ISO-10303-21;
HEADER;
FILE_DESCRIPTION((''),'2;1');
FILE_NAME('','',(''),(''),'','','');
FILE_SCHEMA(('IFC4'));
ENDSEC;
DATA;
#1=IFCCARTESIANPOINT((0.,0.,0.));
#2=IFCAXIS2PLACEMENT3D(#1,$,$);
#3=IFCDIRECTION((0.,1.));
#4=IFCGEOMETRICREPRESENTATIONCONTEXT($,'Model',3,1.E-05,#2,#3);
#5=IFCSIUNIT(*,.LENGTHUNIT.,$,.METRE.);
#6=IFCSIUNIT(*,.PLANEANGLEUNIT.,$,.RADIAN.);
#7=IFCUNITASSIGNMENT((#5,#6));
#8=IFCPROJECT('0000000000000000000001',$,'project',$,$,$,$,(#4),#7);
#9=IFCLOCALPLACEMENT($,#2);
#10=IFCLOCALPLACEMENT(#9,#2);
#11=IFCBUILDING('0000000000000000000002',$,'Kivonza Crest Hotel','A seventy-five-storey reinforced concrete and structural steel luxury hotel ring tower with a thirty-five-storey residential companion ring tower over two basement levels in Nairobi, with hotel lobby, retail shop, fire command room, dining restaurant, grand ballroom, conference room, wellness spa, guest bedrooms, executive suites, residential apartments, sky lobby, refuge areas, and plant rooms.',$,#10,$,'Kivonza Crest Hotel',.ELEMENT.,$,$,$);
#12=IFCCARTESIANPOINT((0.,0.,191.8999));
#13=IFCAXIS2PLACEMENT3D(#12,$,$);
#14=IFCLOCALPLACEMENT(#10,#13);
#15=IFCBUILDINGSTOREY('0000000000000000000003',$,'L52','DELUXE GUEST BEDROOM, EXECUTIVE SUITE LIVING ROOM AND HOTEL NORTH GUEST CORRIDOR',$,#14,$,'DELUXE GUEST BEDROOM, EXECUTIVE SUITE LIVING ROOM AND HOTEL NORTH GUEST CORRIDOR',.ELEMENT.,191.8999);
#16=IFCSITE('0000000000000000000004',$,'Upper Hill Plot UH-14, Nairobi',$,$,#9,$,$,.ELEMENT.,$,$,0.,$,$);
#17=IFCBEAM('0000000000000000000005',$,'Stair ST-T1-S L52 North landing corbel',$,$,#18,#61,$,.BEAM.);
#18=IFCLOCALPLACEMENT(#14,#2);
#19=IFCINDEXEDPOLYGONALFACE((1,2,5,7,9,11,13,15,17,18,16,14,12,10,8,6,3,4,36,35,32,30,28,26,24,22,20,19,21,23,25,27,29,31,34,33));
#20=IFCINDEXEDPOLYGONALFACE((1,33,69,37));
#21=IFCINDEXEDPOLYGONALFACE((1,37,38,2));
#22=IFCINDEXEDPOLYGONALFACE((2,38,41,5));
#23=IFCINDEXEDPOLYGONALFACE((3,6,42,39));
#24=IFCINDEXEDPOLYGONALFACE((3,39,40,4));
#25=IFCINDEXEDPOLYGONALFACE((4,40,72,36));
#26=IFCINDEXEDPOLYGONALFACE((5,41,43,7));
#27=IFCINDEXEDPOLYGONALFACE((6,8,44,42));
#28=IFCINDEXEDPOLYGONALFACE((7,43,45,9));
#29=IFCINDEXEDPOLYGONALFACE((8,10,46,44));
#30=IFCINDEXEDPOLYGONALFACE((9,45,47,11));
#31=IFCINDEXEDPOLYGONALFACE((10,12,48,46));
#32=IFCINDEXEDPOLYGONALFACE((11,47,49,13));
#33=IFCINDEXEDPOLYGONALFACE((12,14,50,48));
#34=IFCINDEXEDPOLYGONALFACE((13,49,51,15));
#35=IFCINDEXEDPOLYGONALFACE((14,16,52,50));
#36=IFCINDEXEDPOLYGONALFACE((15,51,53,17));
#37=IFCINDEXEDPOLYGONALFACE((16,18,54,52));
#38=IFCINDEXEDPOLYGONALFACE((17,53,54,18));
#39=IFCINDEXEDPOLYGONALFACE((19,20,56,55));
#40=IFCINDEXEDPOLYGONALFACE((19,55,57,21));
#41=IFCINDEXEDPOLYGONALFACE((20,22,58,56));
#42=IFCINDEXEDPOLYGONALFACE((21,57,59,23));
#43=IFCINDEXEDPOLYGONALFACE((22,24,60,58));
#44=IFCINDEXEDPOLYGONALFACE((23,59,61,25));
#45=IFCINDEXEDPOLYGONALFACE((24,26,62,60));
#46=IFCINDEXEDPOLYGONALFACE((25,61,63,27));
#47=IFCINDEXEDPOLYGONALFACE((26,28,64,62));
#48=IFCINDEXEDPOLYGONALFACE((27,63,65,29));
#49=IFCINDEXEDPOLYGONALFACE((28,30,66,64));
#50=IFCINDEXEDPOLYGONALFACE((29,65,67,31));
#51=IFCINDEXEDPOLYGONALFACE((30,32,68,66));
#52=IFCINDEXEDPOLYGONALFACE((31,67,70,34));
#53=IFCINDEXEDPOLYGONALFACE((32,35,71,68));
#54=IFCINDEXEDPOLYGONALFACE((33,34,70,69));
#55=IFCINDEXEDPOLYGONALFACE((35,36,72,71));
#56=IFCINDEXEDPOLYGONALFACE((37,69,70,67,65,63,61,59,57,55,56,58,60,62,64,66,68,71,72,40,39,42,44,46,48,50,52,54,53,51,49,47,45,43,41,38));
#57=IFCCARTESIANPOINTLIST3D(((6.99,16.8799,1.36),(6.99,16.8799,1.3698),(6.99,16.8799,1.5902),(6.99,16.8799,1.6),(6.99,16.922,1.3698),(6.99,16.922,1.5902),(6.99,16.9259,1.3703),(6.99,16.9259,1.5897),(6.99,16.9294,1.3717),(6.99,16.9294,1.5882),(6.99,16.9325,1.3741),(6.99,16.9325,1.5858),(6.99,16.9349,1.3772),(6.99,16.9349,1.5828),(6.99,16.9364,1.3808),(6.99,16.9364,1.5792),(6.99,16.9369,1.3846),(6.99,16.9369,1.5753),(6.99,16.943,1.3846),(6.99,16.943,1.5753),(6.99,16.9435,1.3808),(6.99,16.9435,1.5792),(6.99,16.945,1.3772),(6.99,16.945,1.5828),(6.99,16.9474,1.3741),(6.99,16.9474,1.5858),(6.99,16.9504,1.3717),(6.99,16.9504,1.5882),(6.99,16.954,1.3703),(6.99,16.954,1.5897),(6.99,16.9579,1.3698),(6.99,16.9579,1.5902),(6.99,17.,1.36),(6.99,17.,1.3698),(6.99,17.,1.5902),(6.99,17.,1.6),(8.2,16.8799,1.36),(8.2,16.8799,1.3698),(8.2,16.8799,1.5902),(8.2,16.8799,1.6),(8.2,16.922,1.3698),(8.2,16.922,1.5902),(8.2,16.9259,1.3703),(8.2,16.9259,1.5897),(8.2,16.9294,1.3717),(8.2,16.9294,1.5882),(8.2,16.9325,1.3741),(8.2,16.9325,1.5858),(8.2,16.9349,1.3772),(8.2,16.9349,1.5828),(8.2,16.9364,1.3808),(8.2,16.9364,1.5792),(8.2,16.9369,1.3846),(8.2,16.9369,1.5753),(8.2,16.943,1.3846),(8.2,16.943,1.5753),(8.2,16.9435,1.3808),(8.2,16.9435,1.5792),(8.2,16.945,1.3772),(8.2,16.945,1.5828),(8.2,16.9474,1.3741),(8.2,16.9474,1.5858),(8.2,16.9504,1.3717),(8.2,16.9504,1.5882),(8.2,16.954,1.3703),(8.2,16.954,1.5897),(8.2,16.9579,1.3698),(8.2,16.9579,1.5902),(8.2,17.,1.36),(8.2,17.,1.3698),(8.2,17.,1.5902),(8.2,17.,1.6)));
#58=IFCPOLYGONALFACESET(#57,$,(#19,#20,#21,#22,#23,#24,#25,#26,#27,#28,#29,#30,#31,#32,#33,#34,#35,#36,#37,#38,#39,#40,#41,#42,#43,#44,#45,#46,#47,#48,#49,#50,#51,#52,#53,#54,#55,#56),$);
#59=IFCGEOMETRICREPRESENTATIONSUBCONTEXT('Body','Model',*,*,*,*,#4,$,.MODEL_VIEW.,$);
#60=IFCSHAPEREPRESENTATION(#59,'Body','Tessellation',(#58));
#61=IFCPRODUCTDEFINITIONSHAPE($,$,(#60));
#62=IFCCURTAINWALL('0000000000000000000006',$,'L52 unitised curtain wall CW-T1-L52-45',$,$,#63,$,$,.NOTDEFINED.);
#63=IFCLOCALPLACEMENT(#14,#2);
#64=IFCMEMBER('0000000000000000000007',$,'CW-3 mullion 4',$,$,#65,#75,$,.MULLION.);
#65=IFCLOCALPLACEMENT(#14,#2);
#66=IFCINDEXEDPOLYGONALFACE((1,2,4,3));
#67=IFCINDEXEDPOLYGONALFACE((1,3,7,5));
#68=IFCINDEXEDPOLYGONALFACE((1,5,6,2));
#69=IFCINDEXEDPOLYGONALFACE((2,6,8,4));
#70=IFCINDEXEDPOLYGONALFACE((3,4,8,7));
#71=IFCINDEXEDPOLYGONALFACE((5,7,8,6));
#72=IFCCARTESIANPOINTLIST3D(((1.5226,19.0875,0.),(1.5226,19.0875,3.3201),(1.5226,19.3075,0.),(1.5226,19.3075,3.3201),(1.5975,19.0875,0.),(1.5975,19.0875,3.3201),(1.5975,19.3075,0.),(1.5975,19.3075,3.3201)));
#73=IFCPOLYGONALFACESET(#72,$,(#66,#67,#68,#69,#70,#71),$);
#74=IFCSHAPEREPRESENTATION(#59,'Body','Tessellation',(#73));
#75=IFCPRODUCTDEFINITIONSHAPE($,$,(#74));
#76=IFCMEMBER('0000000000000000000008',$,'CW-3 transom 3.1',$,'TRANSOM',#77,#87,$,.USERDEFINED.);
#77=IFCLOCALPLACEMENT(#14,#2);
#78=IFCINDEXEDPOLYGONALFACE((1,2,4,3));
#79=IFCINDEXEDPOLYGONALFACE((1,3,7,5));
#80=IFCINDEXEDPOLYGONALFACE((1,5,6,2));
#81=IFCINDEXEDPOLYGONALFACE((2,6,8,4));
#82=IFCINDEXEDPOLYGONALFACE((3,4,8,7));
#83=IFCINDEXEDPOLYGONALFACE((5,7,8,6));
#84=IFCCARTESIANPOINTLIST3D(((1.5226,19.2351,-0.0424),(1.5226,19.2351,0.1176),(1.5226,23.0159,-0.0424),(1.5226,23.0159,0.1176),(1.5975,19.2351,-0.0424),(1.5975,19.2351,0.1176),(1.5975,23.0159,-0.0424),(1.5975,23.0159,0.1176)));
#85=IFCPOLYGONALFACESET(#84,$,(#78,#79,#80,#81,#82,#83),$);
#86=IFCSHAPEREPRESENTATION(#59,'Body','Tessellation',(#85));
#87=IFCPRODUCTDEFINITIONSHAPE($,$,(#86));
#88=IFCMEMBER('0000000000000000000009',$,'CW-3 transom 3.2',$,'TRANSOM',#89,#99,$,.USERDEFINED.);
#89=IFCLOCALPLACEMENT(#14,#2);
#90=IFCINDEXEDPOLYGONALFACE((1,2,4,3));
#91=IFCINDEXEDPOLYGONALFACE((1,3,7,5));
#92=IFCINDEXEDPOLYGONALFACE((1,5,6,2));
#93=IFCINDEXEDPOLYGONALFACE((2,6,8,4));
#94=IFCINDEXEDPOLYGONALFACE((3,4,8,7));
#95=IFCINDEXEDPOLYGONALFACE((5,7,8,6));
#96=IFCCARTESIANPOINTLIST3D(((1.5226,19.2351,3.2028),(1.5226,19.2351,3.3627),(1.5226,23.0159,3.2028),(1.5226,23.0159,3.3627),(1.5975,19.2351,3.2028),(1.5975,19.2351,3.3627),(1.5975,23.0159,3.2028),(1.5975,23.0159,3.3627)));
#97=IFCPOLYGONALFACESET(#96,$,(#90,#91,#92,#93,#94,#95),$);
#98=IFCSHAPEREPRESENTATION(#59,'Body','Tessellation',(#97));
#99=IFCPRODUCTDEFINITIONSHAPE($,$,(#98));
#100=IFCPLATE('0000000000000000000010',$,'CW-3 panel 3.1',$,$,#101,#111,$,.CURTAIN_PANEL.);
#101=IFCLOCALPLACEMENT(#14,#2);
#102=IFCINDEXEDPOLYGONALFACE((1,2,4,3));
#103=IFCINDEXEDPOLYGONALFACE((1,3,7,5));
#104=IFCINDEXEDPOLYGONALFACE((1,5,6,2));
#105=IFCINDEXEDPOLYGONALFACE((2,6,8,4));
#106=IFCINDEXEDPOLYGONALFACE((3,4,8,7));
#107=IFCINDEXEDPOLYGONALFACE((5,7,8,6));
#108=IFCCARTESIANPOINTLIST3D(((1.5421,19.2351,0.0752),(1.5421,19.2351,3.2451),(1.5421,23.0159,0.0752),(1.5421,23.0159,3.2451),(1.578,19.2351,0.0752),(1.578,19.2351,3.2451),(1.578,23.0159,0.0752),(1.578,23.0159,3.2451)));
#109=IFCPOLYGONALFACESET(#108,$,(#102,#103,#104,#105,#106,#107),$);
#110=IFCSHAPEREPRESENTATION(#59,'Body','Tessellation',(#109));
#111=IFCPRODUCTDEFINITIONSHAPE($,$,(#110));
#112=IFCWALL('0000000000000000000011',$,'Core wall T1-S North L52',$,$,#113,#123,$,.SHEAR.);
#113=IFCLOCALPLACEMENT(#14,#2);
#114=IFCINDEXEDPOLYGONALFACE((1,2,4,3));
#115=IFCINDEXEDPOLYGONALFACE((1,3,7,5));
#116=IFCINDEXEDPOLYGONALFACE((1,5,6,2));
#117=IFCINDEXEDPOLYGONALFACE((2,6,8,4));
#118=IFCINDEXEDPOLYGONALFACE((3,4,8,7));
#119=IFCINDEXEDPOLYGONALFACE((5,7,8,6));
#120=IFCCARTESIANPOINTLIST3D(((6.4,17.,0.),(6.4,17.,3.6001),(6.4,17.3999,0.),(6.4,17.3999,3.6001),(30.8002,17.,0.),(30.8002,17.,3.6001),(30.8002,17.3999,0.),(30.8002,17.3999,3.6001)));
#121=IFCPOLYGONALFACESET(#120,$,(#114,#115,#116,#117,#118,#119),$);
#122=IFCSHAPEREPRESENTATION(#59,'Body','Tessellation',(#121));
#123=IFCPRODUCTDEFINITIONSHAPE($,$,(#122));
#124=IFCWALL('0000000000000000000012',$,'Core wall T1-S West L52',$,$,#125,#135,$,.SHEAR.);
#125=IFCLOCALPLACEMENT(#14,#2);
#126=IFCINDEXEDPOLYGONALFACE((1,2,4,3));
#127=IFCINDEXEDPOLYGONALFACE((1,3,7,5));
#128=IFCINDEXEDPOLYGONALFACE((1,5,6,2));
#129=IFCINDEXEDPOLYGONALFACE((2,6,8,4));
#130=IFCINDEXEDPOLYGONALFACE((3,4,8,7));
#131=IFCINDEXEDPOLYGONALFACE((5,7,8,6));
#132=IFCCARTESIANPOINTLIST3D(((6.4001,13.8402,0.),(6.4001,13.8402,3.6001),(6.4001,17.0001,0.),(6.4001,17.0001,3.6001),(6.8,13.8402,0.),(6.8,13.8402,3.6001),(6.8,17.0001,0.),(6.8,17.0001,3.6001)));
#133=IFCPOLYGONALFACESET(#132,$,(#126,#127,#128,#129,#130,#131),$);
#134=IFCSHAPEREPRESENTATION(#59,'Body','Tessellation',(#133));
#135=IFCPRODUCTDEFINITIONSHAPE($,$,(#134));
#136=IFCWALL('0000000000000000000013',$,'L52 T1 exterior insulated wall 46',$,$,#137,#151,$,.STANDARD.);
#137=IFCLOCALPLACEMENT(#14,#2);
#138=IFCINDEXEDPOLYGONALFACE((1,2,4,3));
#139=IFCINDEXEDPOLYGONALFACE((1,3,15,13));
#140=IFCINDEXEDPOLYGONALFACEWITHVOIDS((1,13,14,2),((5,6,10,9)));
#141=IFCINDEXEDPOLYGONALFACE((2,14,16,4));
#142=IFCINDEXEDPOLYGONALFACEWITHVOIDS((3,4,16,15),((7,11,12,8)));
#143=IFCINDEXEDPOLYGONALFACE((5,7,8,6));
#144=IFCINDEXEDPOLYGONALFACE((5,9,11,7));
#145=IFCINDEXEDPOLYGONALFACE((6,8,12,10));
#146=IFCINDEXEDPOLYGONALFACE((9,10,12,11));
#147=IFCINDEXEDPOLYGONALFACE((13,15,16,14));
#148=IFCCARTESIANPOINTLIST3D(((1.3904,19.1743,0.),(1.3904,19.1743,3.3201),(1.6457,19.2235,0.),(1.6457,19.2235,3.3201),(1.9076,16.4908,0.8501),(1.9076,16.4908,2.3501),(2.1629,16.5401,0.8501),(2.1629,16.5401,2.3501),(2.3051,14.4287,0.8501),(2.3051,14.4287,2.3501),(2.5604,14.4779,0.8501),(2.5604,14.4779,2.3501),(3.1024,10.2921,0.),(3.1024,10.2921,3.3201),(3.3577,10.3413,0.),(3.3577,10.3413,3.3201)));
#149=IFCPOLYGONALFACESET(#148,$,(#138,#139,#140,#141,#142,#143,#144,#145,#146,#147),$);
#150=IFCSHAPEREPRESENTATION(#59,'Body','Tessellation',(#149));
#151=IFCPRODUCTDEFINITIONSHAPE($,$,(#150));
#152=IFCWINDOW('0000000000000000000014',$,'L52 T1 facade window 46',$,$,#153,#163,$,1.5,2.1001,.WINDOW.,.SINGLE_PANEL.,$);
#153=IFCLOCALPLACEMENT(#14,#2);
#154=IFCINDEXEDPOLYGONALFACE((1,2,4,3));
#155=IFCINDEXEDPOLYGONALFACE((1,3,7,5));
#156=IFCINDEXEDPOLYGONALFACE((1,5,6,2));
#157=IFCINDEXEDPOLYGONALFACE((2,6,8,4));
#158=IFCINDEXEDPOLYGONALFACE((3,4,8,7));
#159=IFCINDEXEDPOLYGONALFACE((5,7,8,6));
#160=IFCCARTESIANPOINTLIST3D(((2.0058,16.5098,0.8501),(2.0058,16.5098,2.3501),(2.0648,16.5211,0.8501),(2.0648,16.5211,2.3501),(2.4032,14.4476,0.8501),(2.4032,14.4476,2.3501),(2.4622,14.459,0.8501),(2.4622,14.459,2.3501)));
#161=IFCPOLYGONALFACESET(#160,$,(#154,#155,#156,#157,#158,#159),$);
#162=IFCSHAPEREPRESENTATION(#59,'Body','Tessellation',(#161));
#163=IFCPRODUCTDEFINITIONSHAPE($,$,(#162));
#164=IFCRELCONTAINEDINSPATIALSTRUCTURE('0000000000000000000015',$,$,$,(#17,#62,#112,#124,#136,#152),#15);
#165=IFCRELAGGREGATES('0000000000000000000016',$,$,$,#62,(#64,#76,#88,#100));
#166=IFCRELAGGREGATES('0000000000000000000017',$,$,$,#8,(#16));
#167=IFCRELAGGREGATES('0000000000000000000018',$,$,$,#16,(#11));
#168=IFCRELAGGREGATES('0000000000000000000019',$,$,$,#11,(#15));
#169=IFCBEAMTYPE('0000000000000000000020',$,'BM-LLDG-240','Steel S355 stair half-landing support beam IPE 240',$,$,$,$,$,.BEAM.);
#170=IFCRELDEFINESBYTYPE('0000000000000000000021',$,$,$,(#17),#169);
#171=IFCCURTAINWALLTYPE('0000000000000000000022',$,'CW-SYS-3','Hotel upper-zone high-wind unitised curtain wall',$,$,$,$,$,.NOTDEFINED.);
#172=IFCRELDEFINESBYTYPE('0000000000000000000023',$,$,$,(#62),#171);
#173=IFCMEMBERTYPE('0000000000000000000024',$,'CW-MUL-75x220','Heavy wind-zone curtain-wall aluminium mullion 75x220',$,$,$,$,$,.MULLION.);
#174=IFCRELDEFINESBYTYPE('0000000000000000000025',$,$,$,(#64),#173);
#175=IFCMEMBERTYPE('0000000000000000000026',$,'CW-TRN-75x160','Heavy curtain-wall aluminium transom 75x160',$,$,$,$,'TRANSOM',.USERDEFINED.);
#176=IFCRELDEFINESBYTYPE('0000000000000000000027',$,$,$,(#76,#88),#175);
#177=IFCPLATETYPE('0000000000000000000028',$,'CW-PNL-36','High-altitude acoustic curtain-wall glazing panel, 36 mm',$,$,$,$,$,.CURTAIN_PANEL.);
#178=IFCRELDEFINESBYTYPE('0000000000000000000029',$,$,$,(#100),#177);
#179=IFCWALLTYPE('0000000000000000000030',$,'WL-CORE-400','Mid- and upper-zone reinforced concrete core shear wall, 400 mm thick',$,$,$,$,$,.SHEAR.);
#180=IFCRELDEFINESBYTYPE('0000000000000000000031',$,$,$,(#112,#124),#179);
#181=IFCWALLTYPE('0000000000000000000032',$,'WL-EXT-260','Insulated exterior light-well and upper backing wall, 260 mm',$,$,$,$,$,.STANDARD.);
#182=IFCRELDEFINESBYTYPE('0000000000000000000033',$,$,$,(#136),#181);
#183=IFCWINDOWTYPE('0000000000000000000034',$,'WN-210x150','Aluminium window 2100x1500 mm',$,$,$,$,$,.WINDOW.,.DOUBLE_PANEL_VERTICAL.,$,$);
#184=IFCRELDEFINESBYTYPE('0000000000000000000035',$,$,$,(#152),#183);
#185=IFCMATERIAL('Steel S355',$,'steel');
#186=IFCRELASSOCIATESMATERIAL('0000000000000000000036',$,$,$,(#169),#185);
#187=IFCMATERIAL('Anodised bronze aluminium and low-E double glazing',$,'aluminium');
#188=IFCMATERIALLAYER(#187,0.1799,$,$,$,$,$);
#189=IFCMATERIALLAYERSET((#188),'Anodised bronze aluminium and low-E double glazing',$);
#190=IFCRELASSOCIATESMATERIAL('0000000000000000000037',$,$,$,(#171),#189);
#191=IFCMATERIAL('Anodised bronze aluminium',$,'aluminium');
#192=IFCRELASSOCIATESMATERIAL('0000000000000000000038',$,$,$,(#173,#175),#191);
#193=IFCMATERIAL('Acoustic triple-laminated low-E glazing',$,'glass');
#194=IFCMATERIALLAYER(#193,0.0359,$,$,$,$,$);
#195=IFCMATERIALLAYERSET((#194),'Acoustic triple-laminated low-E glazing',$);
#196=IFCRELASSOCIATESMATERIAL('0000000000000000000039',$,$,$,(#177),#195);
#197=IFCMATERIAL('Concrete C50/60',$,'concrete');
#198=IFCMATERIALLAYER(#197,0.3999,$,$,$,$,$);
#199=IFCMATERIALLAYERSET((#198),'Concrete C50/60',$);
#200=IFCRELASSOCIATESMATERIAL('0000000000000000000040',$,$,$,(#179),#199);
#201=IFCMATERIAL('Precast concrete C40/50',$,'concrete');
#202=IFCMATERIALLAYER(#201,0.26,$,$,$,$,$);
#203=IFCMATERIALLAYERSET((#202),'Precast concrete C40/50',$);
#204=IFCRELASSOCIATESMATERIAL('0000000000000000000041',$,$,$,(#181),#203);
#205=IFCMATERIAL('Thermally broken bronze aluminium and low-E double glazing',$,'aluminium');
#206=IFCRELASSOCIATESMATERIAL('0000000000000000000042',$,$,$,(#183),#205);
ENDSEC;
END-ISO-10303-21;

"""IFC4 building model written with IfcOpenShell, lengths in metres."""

from ifc_helpers import new_model, si_unit, direction, frame, frame_2d, origin, origin_2d, place, context, subcontext, project, spatial, rectangle, i_section, extrude, material, layer, layer_set, material_profile, profile_set, type_object, element, fill, aggregate, save


model = new_model("IFC4")

# Units and contexts
model_context = context("Model", 3, precision=1e-05, world=origin(), true_north=direction((0.0, 1.0)))
body_context = subcontext(model_context, "Body", "Model", "MODEL_VIEW")
ifc_project = project(units=[si_unit("LENGTHUNIT", "METRE"), si_unit("PLANEANGLEUNIT", "RADIAN")], contexts=[model_context])

# Site, building, storey
site_placement = place(None, origin())
site = spatial("IfcSite", under=ifc_project, at=site_placement, Name="Upper Hill Plot UH-14, Nairobi", CompositionType="ELEMENT", RefElevation=0.0)
building_placement = place(site_placement, origin())
building = spatial("IfcBuilding", under=site, at=building_placement, Name="Kivonza Crest Hotel", Description="A seventy-five-storey reinforced concrete and structural steel luxury hotel ring tower with a thirty-five-storey residential companion ring tower over two basement levels in Nairobi, with hotel lobby, retail shop, fire command room, dining restaurant, grand ballroom, conference room, wellness spa, guest bedrooms, executive suites, residential apartments, sky lobby, refuge areas, and plant rooms.", LongName="Kivonza Crest Hotel", CompositionType="ELEMENT")
storey_placement = place(building_placement, frame((0.0, 0.0, 191.8999)))
storey = spatial("IfcBuildingStorey", under=building, at=storey_placement, Name="L52", Description="DELUXE GUEST BEDROOM, EXECUTIVE SUITE LIVING ROOM AND HOTEL NORTH GUEST CORRIDOR", LongName="DELUXE GUEST BEDROOM, EXECUTIVE SUITE LIVING ROOM AND HOTEL NORTH GUEST CORRIDOR", CompositionType="ELEMENT", Elevation=191.8999)

# Shared definitions
ifc_material_1 = material(Name="Concrete C50/60", Category="concrete")

# Beam
ifc_material_2 = material(Name="Steel S355", Category="steel")
ifc_material_profile_1 = material_profile(ifc_material_2, i_section(OverallWidth=0.1201, OverallDepth=0.24, WebThickness=0.0061, FlangeThickness=0.0098, FilletRadius=0.0149, at=origin_2d()), Name="IPE 240")
ifc_profile_set_1 = profile_set([ifc_material_profile_1], Name="Steel S355")
beam_type_1 = type_object("IfcBeamType", Name="BM-LLDG-240", Description="Steel S355 stair half-landing support beam IPE 240", PredefinedType="BEAM", material=ifc_profile_set_1)
for number, where, z_axis, x_axis, name in (
    (1, (6.99, 16.9399, 1.48), (1.0, 0.0, 0.0), (0.0, 1.0, 0.0), "Stair ST-T1-S L52 North landing corbel"),
):
    element("IfcBeam", number, at=place(storey_placement, frame(where, z_axis=z_axis, x_axis=x_axis)), inside=storey, type_object=beam_type_1, Name=name, PredefinedType="BEAM", context=body_context, shape_type="SweptSolid", body=[
        extrude(i_section(OverallWidth=0.1201, OverallDepth=0.24, WebThickness=0.0061, FlangeThickness=0.0098, FilletRadius=0.0149, at=origin_2d()), origin(), (0.0, 0.0, 1.0), 1.21),
    ])

# Curtain wall, members, plate
ifc_material_3 = material(Name="Anodised bronze aluminium and low-E double glazing", Category="aluminium")
ifc_layer_1 = layer(ifc_material_3, 0.1799)
ifc_layer_set_1 = layer_set([ifc_layer_1], Name="Anodised bronze aluminium and low-E double glazing")
curtain_wall_type = type_object("IfcCurtainWallType", Name="CW-SYS-3", Description="Hotel upper-zone high-wind unitised curtain wall", PredefinedType="NOTDEFINED", material=ifc_layer_set_1)
curtain_wall_placement = place(storey_placement, origin())
curtain_wall = element("IfcCurtainWall", 2, at=curtain_wall_placement, inside=storey, type_object=curtain_wall_type, Name="L52 unitised curtain wall CW-T1-L52-45", PredefinedType="NOTDEFINED")
ifc_material_4 = material(Name="Anodised bronze aluminium", Category="aluminium")
ifc_material_profile_2 = material_profile(ifc_material_4, rectangle(XDim=0.075, YDim=0.22, at=origin_2d()), Name="CW-M 75x220")
ifc_profile_set_2 = profile_set([ifc_material_profile_2], Name="Anodised bronze aluminium")
member_type_1 = type_object("IfcMemberType", Name="CW-MUL-75x220", Description="Heavy wind-zone curtain-wall aluminium mullion 75x220", PredefinedType="MULLION", material=ifc_profile_set_2)
member_1_placement = place(storey_placement, frame((1.5601, 19.1975, 0.0), z_axis=(0.0, 0.0, 1.0), x_axis=(1.0, 0.0, 0.0)))
member_1 = element("IfcMember", 3, at=member_1_placement, type_object=member_type_1, Name="CW-3 mullion 4", PredefinedType="MULLION", context=body_context, shape_type="SweptSolid", body=[
    extrude(rectangle(XDim=0.075, YDim=0.22, at=origin_2d()), origin(), (0.0, 0.0, 1.0), 3.3201),
])
ifc_material_profile_3 = material_profile(ifc_material_4, rectangle(XDim=0.075, YDim=0.1599, at=origin_2d()), Name="CW-T 75x160")
ifc_profile_set_3 = profile_set([ifc_material_profile_3], Name="Anodised bronze aluminium")
member_type_2 = type_object("IfcMemberType", Name="CW-TRN-75x160", Description="Heavy curtain-wall aluminium transom 75x160", ElementType="TRANSOM", PredefinedType="USERDEFINED", material=ifc_profile_set_3)
member_2_placement = place(storey_placement, frame((1.5601, 23.0159, 0.0376), z_axis=(0.0, -1.0, 0.0), x_axis=(1.0, 0.0, 0.0)))
member_2 = element("IfcMember", 4, at=member_2_placement, type_object=member_type_2, Name="CW-3 transom 3.1", ObjectType="TRANSOM", PredefinedType="USERDEFINED", context=body_context, shape_type="SweptSolid", body=[
    extrude(rectangle(XDim=0.075, YDim=0.1599, at=origin_2d()), origin(), (0.0, 0.0, 1.0), 3.7808),
])
member_3_placement = place(storey_placement, frame((1.5601, 23.0159, 3.2827), z_axis=(0.0, -1.0, 0.0), x_axis=(1.0, 0.0, 0.0)))
member_3 = element("IfcMember", 5, at=member_3_placement, type_object=member_type_2, Name="CW-3 transom 3.2", ObjectType="TRANSOM", PredefinedType="USERDEFINED", context=body_context, shape_type="SweptSolid", body=[
    extrude(rectangle(XDim=0.075, YDim=0.1599, at=origin_2d()), origin(), (0.0, 0.0, 1.0), 3.7808),
])
ifc_material_5 = material(Name="Acoustic triple-laminated low-E glazing", Category="glass")
ifc_layer_2 = layer(ifc_material_5, 0.0359)
ifc_layer_set_2 = layer_set([ifc_layer_2], Name="Acoustic triple-laminated low-E glazing")
plate_type = type_object("IfcPlateType", Name="CW-PNL-36", Description="High-altitude acoustic curtain-wall glazing panel, 36 mm", PredefinedType="CURTAIN_PANEL", material=ifc_layer_set_2)
plate_placement = place(storey_placement, frame((1.5601, 21.1255, 0.0752), z_axis=(0.0, 0.0, 1.0), x_axis=(0.0, -1.0, 0.0)))
plate = element("IfcPlate", 6, at=plate_placement, type_object=plate_type, Name="CW-3 panel 3.1", PredefinedType="CURTAIN_PANEL", context=body_context, shape_type="SweptSolid", body=[
    extrude(rectangle(XDim=3.7808, YDim=0.0359, at=origin_2d()), origin(), (0.0, 0.0, 1.0), 3.1699),
])
aggregate(curtain_wall, [member_1, member_2, member_3, plate])

# Shared definitions
ifc_layer_3 = layer(ifc_material_1, 0.3999)
ifc_layer_set_3 = layer_set([ifc_layer_3], Name="Concrete C50/60")
wall_type_1 = type_object("IfcWallType", Name="WL-CORE-400", Description="Mid- and upper-zone reinforced concrete core shear wall, 400 mm thick", PredefinedType="SHEAR", material=ifc_layer_set_3)

# Walls
wall_1_placement = place(storey_placement, frame((6.3999, 17.2, 0.0), z_axis=(0.0, 0.0, 1.0), x_axis=(1.0, 0.0, 0.0)))
element("IfcWall", 7, at=wall_1_placement, inside=storey, type_object=wall_type_1, Name="Core wall T1-S North L52", PredefinedType="SHEAR", context=body_context, shape_type="SweptSolid", body=[
    extrude(rectangle(XDim=24.4001, YDim=0.3999, at=frame_2d((12.2002, 0.0))), origin(), (0.0, 0.0, 1.0), 3.6001),
])
wall_2_placement = place(storey_placement, frame((6.6001, 13.8401, 0.0), z_axis=(0.0, 0.0, 1.0), x_axis=(0.0, 1.0, 0.0)))
element("IfcWall", 8, at=wall_2_placement, inside=storey, type_object=wall_type_1, Name="Core wall T1-S West L52", PredefinedType="SHEAR", context=body_context, shape_type="SweptSolid", body=[
    extrude(rectangle(XDim=3.1599, YDim=0.3999, at=frame_2d((1.5801, 0.0))), origin(), (0.0, 0.0, 1.0), 3.6001),
])

# Wall, opening, window
ifc_material_6 = material(Name="Precast concrete C40/50", Category="concrete")
ifc_layer_4 = layer(ifc_material_6, 0.26)
ifc_layer_set_4 = layer_set([ifc_layer_4], Name="Precast concrete C40/50")
wall_type_2 = type_object("IfcWallType", Name="WL-EXT-260", Description="Insulated exterior light-well and upper backing wall, 260 mm", PredefinedType="STANDARD", material=ifc_layer_set_4)
wall_3_placement = place(storey_placement, frame((1.5181, 19.199, 0.0), z_axis=(0.0, 0.0, 1.0), x_axis=(0.189255, -0.981928, 0.0)))
wall_3 = element("IfcWall", 9, at=wall_3_placement, inside=storey, type_object=wall_type_2, Name="L52 T1 exterior insulated wall 46", PredefinedType="STANDARD", context=body_context, shape_type="SweptSolid", body=[
    extrude(rectangle(XDim=9.0457, YDim=0.26, at=frame_2d((4.5229, 0.0))), origin(), (0.0, 0.0, 1.0), 3.3201),
])
opening_1_placement = place(wall_3_placement, frame((2.7329, 0.0, 0.8501)))
opening_1 = element("IfcOpeningElement", 10, at=opening_1_placement, cuts=wall_3, PredefinedType="OPENING", context=body_context, shape_type="SweptSolid", body=[
    extrude(rectangle(XDim=2.1001, YDim=1.5, at=frame_2d((1.05, 0.75))), frame((0.0, 0.1401, 0.0), z_axis=(0.0, -1.0, 0.0), x_axis=(1.0, 0.0, 0.0)), (0.0, 0.0, 1.0), 0.28),
])
ifc_material_7 = material(Name="Thermally broken bronze aluminium and low-E double glazing", Category="aluminium")
window_type = type_object("IfcWindowType", Name="WN-210x150", Description="Aluminium window 2100x1500 mm", PartitioningType="DOUBLE_PANEL_VERTICAL", PredefinedType="WINDOW", material=ifc_material_7)
window_placement = place(opening_1_placement, origin())
window = element("IfcWindow", 11, at=window_placement, inside=storey, type_object=window_type, Name="L52 T1 facade window 46", OverallHeight=1.5, OverallWidth=2.1001, PartitioningType="SINGLE_PANEL", PredefinedType="WINDOW", context=body_context, shape_type="SweptSolid", body=[
    extrude(rectangle(XDim=2.1001, YDim=1.5, at=frame_2d((1.05, 0.75))), frame((0.0, 0.03, 0.0), z_axis=(0.0, -1.0, 0.0), x_axis=(1.0, 0.0, 0.0)), (0.0, 0.0, 1.0), 0.0601),
])
fill(opening_1, window)

save(model, "model.ifc")
